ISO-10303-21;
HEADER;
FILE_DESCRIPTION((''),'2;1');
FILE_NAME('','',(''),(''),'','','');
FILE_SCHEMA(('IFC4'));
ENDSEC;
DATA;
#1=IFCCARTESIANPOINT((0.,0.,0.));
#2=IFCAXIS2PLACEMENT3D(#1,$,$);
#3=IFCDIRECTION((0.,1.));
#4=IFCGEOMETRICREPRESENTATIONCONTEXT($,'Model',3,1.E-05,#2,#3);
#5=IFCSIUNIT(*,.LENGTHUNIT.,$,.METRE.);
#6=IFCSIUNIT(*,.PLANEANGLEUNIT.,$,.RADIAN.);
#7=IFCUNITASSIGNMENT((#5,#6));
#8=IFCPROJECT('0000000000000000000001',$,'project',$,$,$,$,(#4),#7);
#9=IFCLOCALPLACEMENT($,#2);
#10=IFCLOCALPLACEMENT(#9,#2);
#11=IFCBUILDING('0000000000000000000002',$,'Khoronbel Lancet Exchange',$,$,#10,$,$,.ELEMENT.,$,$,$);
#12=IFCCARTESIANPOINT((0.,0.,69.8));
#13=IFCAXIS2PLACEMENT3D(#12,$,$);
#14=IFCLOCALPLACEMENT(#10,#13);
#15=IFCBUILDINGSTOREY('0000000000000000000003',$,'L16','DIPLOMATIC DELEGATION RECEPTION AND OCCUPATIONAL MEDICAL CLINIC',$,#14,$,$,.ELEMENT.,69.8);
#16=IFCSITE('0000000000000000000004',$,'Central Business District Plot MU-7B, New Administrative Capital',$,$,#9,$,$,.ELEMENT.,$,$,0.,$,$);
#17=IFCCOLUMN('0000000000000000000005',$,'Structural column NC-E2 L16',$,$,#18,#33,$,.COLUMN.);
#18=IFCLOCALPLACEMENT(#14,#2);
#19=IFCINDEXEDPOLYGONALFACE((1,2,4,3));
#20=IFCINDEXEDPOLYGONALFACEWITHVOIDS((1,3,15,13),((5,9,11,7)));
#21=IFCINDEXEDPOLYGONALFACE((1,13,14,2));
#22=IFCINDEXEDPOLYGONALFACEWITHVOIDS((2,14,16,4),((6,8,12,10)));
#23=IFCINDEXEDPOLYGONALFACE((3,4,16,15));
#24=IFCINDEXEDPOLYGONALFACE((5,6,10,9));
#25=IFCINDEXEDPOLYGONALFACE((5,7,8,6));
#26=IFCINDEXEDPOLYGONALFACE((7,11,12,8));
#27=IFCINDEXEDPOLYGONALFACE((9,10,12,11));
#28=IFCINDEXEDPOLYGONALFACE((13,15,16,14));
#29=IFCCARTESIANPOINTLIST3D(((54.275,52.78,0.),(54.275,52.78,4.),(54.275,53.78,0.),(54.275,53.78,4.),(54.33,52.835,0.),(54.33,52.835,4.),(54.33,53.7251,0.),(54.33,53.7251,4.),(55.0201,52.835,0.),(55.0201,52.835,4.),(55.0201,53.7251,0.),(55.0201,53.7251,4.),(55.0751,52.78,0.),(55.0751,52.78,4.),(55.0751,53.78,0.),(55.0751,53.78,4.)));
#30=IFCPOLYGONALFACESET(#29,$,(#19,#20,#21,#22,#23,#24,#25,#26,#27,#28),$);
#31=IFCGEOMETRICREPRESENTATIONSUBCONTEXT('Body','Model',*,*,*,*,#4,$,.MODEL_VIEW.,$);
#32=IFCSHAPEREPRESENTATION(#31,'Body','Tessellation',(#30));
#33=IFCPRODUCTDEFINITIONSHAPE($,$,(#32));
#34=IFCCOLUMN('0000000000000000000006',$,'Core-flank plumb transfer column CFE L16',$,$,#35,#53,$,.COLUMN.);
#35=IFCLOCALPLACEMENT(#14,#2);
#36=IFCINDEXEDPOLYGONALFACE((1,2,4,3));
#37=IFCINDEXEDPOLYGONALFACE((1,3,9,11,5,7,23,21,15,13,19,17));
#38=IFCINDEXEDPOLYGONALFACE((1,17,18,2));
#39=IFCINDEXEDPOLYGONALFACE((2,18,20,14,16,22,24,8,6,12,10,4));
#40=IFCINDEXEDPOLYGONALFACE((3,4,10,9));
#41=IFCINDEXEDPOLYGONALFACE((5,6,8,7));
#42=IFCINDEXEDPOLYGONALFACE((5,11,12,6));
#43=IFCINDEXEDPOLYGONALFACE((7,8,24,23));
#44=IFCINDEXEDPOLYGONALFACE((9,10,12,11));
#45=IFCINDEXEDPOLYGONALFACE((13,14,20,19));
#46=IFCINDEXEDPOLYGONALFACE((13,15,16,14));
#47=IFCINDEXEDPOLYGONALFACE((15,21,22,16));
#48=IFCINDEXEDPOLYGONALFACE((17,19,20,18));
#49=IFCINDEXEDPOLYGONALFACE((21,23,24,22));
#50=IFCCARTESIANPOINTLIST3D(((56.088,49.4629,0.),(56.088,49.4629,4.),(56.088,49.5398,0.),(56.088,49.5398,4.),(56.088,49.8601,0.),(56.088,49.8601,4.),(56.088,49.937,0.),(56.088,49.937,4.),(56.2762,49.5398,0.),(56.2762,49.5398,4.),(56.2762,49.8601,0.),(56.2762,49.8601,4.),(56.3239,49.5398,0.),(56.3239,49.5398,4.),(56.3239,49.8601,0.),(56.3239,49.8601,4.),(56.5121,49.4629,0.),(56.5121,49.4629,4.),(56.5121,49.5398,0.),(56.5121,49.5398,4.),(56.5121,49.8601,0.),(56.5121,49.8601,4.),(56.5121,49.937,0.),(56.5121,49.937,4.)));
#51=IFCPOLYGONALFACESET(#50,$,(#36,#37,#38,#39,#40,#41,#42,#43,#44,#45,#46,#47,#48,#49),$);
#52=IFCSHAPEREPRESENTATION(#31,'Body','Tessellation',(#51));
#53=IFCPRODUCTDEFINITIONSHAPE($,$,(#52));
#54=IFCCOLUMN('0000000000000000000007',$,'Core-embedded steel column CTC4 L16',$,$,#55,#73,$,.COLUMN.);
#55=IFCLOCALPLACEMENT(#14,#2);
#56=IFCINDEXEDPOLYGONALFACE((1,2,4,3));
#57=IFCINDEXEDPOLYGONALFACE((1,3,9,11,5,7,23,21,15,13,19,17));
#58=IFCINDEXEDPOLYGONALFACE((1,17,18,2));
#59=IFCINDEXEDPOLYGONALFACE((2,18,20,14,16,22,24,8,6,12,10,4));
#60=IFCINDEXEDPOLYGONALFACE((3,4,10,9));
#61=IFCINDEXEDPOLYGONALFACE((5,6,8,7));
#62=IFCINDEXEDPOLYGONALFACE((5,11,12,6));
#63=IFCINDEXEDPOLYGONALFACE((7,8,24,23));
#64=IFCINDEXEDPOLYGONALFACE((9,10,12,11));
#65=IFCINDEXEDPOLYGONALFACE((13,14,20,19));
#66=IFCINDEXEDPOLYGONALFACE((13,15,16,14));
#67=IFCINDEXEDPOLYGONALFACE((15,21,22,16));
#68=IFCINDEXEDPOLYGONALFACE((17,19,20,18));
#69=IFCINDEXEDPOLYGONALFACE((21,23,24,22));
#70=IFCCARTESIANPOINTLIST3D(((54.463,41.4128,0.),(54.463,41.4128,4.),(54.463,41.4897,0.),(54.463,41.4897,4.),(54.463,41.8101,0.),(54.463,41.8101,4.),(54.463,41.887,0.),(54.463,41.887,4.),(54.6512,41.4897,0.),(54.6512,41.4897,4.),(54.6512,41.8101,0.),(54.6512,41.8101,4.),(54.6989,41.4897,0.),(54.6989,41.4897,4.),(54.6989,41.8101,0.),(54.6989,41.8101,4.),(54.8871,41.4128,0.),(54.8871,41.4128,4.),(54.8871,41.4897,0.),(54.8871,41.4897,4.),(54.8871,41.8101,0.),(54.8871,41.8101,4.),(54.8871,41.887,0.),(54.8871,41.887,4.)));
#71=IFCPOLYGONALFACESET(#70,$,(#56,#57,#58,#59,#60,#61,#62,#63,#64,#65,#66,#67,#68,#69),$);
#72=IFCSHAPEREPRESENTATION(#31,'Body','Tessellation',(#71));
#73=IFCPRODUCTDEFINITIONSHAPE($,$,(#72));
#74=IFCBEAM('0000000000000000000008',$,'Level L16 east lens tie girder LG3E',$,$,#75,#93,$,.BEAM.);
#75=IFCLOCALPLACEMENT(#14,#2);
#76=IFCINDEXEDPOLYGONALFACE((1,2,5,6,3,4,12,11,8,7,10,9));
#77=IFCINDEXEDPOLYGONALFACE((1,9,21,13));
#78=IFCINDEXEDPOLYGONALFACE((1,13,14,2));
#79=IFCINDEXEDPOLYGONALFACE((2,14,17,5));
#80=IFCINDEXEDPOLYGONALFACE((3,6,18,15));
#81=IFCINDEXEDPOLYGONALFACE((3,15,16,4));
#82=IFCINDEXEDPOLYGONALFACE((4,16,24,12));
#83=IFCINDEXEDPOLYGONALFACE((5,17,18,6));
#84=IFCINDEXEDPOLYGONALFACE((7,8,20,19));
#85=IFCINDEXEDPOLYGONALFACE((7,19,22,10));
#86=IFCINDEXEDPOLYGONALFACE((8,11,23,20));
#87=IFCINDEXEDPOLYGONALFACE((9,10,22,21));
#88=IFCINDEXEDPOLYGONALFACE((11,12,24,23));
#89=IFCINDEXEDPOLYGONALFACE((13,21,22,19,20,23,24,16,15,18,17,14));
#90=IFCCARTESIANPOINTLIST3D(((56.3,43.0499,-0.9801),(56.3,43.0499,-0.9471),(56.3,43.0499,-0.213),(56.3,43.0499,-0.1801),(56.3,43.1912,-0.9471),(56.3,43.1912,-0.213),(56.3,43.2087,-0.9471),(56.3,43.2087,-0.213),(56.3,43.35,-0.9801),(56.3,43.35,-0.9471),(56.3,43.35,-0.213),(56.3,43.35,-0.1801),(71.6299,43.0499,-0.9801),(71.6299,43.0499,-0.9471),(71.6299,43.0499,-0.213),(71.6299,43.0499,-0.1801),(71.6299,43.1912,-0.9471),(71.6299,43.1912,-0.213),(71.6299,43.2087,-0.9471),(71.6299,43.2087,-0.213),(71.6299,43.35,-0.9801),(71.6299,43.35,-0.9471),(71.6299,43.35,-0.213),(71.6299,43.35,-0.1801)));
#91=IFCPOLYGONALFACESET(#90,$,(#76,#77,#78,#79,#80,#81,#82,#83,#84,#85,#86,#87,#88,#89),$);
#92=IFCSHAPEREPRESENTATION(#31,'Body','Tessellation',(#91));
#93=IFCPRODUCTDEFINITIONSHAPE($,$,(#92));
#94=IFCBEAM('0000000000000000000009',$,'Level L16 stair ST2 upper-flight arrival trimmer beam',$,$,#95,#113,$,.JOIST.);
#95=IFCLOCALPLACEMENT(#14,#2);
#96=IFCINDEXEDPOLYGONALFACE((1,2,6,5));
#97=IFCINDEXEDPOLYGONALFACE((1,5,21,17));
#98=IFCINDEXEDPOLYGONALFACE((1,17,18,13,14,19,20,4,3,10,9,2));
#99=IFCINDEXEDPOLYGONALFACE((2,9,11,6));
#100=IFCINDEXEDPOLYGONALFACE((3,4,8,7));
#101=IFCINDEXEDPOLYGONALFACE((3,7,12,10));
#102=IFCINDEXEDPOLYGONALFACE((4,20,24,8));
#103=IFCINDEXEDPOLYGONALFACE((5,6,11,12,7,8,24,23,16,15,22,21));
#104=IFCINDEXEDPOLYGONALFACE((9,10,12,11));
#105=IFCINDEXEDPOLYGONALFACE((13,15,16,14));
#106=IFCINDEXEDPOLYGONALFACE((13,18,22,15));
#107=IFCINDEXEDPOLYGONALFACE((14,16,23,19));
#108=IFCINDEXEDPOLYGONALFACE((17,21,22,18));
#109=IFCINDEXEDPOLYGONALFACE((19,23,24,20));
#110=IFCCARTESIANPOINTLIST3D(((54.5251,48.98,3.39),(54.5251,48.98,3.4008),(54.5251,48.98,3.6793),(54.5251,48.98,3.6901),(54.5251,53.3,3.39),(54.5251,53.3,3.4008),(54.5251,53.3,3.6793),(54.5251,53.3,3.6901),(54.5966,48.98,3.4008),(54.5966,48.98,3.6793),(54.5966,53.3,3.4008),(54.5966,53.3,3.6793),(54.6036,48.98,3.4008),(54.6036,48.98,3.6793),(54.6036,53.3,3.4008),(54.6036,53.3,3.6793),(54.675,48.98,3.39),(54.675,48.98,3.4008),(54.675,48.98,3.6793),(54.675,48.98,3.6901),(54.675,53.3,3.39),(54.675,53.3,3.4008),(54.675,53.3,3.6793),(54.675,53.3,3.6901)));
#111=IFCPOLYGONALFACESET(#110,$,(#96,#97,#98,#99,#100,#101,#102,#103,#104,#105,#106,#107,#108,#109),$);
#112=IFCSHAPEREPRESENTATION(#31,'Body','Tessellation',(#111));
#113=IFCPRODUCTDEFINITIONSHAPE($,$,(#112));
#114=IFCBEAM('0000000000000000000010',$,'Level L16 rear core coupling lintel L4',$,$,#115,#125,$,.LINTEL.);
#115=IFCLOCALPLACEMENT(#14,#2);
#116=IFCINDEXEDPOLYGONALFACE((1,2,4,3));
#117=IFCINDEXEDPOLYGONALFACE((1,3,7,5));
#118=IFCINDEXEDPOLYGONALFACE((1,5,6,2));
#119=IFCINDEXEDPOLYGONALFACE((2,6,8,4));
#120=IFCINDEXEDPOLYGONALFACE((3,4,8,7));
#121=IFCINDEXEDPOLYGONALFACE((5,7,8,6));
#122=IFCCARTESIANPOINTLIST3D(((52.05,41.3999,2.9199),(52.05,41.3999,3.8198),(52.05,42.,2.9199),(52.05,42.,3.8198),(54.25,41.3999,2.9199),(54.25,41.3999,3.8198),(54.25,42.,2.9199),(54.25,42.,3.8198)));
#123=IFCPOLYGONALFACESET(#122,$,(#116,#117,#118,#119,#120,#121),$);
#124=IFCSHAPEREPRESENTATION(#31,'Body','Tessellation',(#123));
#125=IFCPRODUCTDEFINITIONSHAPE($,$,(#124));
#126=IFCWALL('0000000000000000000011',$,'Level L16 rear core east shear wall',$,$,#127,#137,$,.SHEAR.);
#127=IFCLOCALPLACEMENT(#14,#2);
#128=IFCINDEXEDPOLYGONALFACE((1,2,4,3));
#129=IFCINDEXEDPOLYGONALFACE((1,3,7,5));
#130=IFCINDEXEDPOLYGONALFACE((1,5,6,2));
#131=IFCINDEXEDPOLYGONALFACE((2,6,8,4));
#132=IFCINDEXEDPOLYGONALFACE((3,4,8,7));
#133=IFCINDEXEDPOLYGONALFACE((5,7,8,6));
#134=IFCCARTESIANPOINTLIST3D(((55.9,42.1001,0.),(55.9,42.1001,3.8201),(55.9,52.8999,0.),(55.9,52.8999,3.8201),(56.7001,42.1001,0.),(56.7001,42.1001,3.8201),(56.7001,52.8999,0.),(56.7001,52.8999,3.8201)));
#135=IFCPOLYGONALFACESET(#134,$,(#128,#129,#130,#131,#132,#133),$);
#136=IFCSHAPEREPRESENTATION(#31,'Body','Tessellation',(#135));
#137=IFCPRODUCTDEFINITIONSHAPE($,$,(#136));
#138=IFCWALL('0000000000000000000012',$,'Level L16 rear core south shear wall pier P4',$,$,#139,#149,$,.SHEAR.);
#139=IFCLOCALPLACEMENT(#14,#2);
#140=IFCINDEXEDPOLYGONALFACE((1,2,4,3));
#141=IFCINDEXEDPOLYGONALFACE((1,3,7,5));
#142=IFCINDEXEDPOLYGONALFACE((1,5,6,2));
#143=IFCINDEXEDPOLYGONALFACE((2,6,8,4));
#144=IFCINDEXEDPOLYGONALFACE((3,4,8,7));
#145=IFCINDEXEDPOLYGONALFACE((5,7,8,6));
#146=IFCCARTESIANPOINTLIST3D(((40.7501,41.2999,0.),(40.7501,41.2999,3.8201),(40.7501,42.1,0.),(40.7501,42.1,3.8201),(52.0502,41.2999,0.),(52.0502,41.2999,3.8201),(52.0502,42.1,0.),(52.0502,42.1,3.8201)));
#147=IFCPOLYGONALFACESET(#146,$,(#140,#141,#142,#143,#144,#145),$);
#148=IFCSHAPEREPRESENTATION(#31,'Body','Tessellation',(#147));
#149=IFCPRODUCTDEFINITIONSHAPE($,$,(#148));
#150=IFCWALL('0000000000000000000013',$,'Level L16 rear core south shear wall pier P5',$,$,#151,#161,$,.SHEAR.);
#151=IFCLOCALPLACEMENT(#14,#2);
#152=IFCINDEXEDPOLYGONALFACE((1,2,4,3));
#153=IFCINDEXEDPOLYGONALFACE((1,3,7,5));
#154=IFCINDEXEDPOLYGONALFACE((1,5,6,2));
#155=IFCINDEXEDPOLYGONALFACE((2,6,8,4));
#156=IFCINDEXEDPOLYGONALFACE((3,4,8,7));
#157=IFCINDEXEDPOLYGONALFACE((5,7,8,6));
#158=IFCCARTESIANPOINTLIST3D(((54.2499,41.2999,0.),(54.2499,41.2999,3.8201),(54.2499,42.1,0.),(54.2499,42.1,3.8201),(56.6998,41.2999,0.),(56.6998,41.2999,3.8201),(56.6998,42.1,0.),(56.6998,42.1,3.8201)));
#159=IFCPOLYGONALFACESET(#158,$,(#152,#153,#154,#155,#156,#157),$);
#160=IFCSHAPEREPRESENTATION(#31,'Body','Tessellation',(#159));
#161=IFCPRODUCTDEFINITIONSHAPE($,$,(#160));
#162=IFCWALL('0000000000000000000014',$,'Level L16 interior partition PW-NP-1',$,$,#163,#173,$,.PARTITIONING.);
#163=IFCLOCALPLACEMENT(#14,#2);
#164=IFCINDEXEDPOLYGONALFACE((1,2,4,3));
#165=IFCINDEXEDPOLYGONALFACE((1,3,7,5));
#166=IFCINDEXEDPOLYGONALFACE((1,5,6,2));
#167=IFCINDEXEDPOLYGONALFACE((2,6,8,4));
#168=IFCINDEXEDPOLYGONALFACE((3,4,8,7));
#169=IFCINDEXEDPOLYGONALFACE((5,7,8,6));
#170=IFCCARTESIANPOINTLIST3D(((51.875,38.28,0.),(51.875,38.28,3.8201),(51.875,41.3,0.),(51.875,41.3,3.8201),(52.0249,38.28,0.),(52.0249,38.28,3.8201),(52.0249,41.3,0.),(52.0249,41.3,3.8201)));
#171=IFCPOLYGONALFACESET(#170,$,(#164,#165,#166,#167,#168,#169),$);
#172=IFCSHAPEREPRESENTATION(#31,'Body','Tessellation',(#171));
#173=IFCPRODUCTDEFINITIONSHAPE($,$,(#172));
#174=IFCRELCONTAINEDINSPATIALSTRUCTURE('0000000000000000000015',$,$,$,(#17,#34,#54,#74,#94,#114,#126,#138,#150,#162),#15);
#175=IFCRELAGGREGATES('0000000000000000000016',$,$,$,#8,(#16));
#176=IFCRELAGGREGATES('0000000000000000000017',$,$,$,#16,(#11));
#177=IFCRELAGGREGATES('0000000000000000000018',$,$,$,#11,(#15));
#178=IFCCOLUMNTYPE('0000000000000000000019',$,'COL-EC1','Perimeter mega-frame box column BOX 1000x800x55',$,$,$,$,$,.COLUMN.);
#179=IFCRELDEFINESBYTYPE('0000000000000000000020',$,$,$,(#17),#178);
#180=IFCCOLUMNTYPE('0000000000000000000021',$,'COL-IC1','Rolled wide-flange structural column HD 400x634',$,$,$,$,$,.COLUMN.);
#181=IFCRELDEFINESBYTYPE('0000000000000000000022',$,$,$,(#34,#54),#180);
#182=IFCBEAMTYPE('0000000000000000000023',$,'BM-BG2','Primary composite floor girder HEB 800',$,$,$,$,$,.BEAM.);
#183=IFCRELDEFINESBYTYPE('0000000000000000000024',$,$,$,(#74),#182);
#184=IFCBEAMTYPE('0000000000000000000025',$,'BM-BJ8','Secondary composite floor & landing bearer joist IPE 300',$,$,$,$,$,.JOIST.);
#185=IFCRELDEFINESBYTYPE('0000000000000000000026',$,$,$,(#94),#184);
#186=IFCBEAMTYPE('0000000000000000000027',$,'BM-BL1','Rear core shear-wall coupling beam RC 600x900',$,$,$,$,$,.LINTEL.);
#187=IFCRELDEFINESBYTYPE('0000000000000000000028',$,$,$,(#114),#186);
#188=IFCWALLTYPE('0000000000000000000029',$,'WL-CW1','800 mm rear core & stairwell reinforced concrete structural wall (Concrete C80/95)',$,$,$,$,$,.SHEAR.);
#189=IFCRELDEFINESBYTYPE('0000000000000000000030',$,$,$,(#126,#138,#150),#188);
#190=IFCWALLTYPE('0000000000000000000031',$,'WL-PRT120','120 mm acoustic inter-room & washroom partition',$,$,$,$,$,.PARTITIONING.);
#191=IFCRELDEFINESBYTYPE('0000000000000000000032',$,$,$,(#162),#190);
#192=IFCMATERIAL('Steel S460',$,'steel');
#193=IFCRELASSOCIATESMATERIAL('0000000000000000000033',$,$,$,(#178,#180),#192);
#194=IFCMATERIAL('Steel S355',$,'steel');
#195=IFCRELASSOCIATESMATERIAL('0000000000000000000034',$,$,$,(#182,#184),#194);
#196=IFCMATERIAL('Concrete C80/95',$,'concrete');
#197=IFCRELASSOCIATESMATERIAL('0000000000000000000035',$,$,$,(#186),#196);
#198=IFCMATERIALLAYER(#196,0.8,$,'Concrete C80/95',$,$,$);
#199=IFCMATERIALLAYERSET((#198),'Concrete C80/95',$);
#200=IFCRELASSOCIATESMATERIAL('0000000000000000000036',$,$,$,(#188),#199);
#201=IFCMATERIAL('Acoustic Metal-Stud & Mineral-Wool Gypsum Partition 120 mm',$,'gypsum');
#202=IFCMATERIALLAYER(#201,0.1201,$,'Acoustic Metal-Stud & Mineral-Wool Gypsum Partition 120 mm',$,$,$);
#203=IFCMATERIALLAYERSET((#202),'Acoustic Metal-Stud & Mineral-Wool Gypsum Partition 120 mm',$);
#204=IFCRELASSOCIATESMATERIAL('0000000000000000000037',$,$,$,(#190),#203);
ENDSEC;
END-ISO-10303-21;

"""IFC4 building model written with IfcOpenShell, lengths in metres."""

from ifc_helpers import new_model, si_unit, direction, frame, frame_2d, origin, origin_2d, place, context, subcontext, project, spatial, rectangle, hollow_rectangle, i_section, extrude, material, layer, layer_set, material_profile, profile_set, type_object, element, save


model = new_model("IFC4")

# Units and contexts
model_context = context("Model", 3, precision=1e-05, world=origin(), true_north=direction((0.0, 1.0)))
body_context = subcontext(model_context, "Body", "Model", "MODEL_VIEW")
ifc_project = project(units=[si_unit("LENGTHUNIT", "METRE"), si_unit("PLANEANGLEUNIT", "RADIAN")], contexts=[model_context])

# Site, building, storey
site_placement = place(None, origin())
site = spatial("IfcSite", under=ifc_project, at=site_placement, Name="Central Business District Plot MU-7B, New Administrative Capital", CompositionType="ELEMENT", RefElevation=0.0)
building_placement = place(site_placement, origin())
building = spatial("IfcBuilding", under=site, at=building_placement, Name="Khoronbel Lancet Exchange", CompositionType="ELEMENT")
storey_placement = place(building_placement, frame((0.0, 0.0, 69.8)))
storey = spatial("IfcBuildingStorey", under=building, at=storey_placement, Name="L16", Description="DIPLOMATIC DELEGATION RECEPTION AND OCCUPATIONAL MEDICAL CLINIC", CompositionType="ELEMENT", Elevation=69.8)

# Columns
ifc_material_1 = material(Name="Steel S460", Category="steel")
ifc_material_profile_1 = material_profile(ifc_material_1, hollow_rectangle(XDim=0.8, YDim=1.0, WallThickness=0.0549, at=origin_2d()), Name="BOX 1000x800x55")
ifc_profile_set_1 = profile_set([ifc_material_profile_1], Name="Steel S460")
column_type_1 = type_object("IfcColumnType", Name="COL-EC1", Description="Perimeter mega-frame box column BOX 1000x800x55", PredefinedType="COLUMN", material=ifc_profile_set_1)
column_placement = place(storey_placement, frame((54.675, 53.28, 0.0), z_axis=(0.0, 0.0, 1.0), x_axis=(1.0, 0.0, 0.0)))
element("IfcColumn", 1, at=column_placement, inside=storey, type_object=column_type_1, Name="Structural column NC-E2 L16", PredefinedType="COLUMN", context=body_context, shape_type="SweptSolid", body=[
    extrude(hollow_rectangle(XDim=0.8, YDim=1.0, WallThickness=0.0549, at=origin_2d()), origin(), (0.0, 0.0, 1.0), 4.0),
])
ifc_material_profile_2 = material_profile(ifc_material_1, i_section(OverallWidth=0.4241, OverallDepth=0.4741, WebThickness=0.0476, FlangeThickness=0.0769, at=origin_2d()), Name="HD 400x634")
ifc_profile_set_2 = profile_set([ifc_material_profile_2], Name="Steel S460")
column_type_2 = type_object("IfcColumnType", Name="COL-IC1", Description="Rolled wide-flange structural column HD 400x634", PredefinedType="COLUMN", material=ifc_profile_set_2)
for number, where, z_axis, x_axis, name in (
    (2, (56.3, 49.7, 0.0), (0.0, 0.0, 1.0), (1.0, 0.0, 0.0), "Core-flank plumb transfer column CFE L16"),
    (3, (54.675, 41.6499, 0.0), (0.0, 0.0, 1.0), (1.0, 0.0, 0.0), "Core-embedded steel column CTC4 L16"),
):
    element("IfcColumn", number, at=place(storey_placement, frame(where, z_axis=z_axis, x_axis=x_axis)), inside=storey, type_object=column_type_2, Name=name, PredefinedType="COLUMN", context=body_context, shape_type="SweptSolid", body=[
        extrude(i_section(OverallWidth=0.4241, OverallDepth=0.4741, WebThickness=0.0476, FlangeThickness=0.0769, at=origin_2d()), origin(), (0.0, 0.0, 1.0), 4.0),
    ])

# Beams
ifc_material_2 = material(Name="Steel S355", Category="steel")
ifc_material_profile_3 = material_profile(ifc_material_2, i_section(OverallWidth=0.3, OverallDepth=0.8, WebThickness=0.0176, FlangeThickness=0.033, at=origin_2d()), Name="HEB 800")
ifc_profile_set_3 = profile_set([ifc_material_profile_3], Name="Steel S355")
beam_type_1 = type_object("IfcBeamType", Name="BM-BG2", Description="Primary composite floor girder HEB 800", PredefinedType="BEAM", material=ifc_profile_set_3)
beam_1_placement = place(storey_placement, frame((56.3, 43.2, -0.5801), z_axis=(1.0, 0.0, 0.0), x_axis=(0.0, 1.0, 0.0)))
element("IfcBeam", 4, at=beam_1_placement, inside=storey, type_object=beam_type_1, Name="Level L16 east lens tie girder LG3E", PredefinedType="BEAM", context=body_context, shape_type="SweptSolid", body=[
    extrude(i_section(OverallWidth=0.3, OverallDepth=0.8, WebThickness=0.0176, FlangeThickness=0.033, at=origin_2d()), origin(), (0.0, 0.0, 1.0), 15.3298),
])
ifc_material_profile_4 = material_profile(ifc_material_2, i_section(OverallWidth=0.1499, OverallDepth=0.3, WebThickness=0.0071, FlangeThickness=0.0107, at=origin_2d()), Name="IPE 300")
ifc_profile_set_4 = profile_set([ifc_material_profile_4], Name="Steel S355")
beam_type_2 = type_object("IfcBeamType", Name="BM-BJ8", Description="Secondary composite floor & landing bearer joist IPE 300", PredefinedType="JOIST", material=ifc_profile_set_4)
beam_2_placement = place(storey_placement, frame((54.6001, 48.98, 3.54), z_axis=(0.0, 1.0, 0.0), x_axis=(-1.0, 0.0, 0.0)))
element("IfcBeam", 5, at=beam_2_placement, inside=storey, type_object=beam_type_2, Name="Level L16 stair ST2 upper-flight arrival trimmer beam", PredefinedType="JOIST", context=body_context, shape_type="SweptSolid", body=[
    extrude(i_section(OverallWidth=0.1499, OverallDepth=0.3, WebThickness=0.0071, FlangeThickness=0.0107, at=origin_2d()), origin(), (0.0, 0.0, 1.0), 4.3201),
])
ifc_material_3 = material(Name="Concrete C80/95", Category="concrete")
ifc_material_profile_5 = material_profile(ifc_material_3, rectangle(XDim=0.6001, YDim=0.8999, at=origin_2d()), Name="RC 600x900")
ifc_profile_set_5 = profile_set([ifc_material_profile_5], Name="Concrete C80/95")
beam_type_3 = type_object("IfcBeamType", Name="BM-BL1", Description="Rear core shear-wall coupling beam RC 600x900", PredefinedType="LINTEL", material=ifc_profile_set_5)
beam_3_placement = place(storey_placement, frame((52.05, 41.7, 3.3699), z_axis=(1.0, 0.0, 0.0), x_axis=(0.0, 1.0, 0.0)))
element("IfcBeam", 6, at=beam_3_placement, inside=storey, type_object=beam_type_3, Name="Level L16 rear core coupling lintel L4", PredefinedType="LINTEL", context=body_context, shape_type="SweptSolid", body=[
    extrude(rectangle(XDim=0.6001, YDim=0.8999, at=origin_2d()), origin(), (0.0, 0.0, 1.0), 2.2),
])

# Walls
ifc_layer_1 = layer(ifc_material_3, 0.8, Name="Concrete C80/95")
ifc_layer_set_1 = layer_set([ifc_layer_1], Name="Concrete C80/95")
wall_type_1 = type_object("IfcWallType", Name="WL-CW1", Description="800 mm rear core & stairwell reinforced concrete structural wall (Concrete C80/95)", PredefinedType="SHEAR", material=ifc_layer_set_1)
wall_1_placement = place(storey_placement, frame((56.3, 52.8999, 0.0), z_axis=(0.0, 0.0, 1.0), x_axis=(0.0, -1.0, 0.0)))
element("IfcWall", 7, at=wall_1_placement, inside=storey, type_object=wall_type_1, Name="Level L16 rear core east shear wall", PredefinedType="SHEAR", context=body_context, shape_type="SweptSolid", body=[
    extrude(rectangle(XDim=10.7998, YDim=0.8, at=frame_2d((5.3999, 0.0))), origin(), (0.0, 0.0, 1.0), 3.8201),
])
wall_2_placement = place(storey_placement, frame((52.05, 41.7, 0.0), z_axis=(0.0, 0.0, 1.0), x_axis=(-1.0, 0.0, 0.0)))
element("IfcWall", 8, at=wall_2_placement, inside=storey, type_object=wall_type_1, Name="Level L16 rear core south shear wall pier P4", PredefinedType="SHEAR", context=body_context, shape_type="SweptSolid", body=[
    extrude(rectangle(XDim=11.3, YDim=0.8, at=frame_2d((5.6499, 0.0))), origin(), (0.0, 0.0, 1.0), 3.8201),
])
wall_3_placement = place(storey_placement, frame((56.7, 41.7, 0.0), z_axis=(0.0, 0.0, 1.0), x_axis=(-1.0, 0.0, 0.0)))
element("IfcWall", 9, at=wall_3_placement, inside=storey, type_object=wall_type_1, Name="Level L16 rear core south shear wall pier P5", PredefinedType="SHEAR", context=body_context, shape_type="SweptSolid", body=[
    extrude(rectangle(XDim=2.45, YDim=0.8, at=frame_2d((1.2251, 0.0))), origin(), (0.0, 0.0, 1.0), 3.8201),
])
ifc_material_4 = material(Name="Acoustic Metal-Stud & Mineral-Wool Gypsum Partition 120 mm", Category="gypsum")
ifc_layer_2 = layer(ifc_material_4, 0.1201, Name="Acoustic Metal-Stud & Mineral-Wool Gypsum Partition 120 mm")
ifc_layer_set_2 = layer_set([ifc_layer_2], Name="Acoustic Metal-Stud & Mineral-Wool Gypsum Partition 120 mm")
wall_type_2 = type_object("IfcWallType", Name="WL-PRT120", Description="120 mm acoustic inter-room & washroom partition", PredefinedType="PARTITIONING", material=ifc_layer_set_2)
wall_4_placement = place(storey_placement, frame((51.95, 38.28, 0.0), z_axis=(0.0, 0.0, 1.0), x_axis=(0.0, 1.0, 0.0)))
element("IfcWall", 10, at=wall_4_placement, inside=storey, type_object=wall_type_2, Name="Level L16 interior partition PW-NP-1", PredefinedType="PARTITIONING", context=body_context, shape_type="SweptSolid", body=[
    extrude(rectangle(XDim=3.02, YDim=0.1499, at=frame_2d((1.51, 0.0))), origin(), (0.0, 0.0, 1.0), 3.8201),
])

save(model, "model.ifc")
